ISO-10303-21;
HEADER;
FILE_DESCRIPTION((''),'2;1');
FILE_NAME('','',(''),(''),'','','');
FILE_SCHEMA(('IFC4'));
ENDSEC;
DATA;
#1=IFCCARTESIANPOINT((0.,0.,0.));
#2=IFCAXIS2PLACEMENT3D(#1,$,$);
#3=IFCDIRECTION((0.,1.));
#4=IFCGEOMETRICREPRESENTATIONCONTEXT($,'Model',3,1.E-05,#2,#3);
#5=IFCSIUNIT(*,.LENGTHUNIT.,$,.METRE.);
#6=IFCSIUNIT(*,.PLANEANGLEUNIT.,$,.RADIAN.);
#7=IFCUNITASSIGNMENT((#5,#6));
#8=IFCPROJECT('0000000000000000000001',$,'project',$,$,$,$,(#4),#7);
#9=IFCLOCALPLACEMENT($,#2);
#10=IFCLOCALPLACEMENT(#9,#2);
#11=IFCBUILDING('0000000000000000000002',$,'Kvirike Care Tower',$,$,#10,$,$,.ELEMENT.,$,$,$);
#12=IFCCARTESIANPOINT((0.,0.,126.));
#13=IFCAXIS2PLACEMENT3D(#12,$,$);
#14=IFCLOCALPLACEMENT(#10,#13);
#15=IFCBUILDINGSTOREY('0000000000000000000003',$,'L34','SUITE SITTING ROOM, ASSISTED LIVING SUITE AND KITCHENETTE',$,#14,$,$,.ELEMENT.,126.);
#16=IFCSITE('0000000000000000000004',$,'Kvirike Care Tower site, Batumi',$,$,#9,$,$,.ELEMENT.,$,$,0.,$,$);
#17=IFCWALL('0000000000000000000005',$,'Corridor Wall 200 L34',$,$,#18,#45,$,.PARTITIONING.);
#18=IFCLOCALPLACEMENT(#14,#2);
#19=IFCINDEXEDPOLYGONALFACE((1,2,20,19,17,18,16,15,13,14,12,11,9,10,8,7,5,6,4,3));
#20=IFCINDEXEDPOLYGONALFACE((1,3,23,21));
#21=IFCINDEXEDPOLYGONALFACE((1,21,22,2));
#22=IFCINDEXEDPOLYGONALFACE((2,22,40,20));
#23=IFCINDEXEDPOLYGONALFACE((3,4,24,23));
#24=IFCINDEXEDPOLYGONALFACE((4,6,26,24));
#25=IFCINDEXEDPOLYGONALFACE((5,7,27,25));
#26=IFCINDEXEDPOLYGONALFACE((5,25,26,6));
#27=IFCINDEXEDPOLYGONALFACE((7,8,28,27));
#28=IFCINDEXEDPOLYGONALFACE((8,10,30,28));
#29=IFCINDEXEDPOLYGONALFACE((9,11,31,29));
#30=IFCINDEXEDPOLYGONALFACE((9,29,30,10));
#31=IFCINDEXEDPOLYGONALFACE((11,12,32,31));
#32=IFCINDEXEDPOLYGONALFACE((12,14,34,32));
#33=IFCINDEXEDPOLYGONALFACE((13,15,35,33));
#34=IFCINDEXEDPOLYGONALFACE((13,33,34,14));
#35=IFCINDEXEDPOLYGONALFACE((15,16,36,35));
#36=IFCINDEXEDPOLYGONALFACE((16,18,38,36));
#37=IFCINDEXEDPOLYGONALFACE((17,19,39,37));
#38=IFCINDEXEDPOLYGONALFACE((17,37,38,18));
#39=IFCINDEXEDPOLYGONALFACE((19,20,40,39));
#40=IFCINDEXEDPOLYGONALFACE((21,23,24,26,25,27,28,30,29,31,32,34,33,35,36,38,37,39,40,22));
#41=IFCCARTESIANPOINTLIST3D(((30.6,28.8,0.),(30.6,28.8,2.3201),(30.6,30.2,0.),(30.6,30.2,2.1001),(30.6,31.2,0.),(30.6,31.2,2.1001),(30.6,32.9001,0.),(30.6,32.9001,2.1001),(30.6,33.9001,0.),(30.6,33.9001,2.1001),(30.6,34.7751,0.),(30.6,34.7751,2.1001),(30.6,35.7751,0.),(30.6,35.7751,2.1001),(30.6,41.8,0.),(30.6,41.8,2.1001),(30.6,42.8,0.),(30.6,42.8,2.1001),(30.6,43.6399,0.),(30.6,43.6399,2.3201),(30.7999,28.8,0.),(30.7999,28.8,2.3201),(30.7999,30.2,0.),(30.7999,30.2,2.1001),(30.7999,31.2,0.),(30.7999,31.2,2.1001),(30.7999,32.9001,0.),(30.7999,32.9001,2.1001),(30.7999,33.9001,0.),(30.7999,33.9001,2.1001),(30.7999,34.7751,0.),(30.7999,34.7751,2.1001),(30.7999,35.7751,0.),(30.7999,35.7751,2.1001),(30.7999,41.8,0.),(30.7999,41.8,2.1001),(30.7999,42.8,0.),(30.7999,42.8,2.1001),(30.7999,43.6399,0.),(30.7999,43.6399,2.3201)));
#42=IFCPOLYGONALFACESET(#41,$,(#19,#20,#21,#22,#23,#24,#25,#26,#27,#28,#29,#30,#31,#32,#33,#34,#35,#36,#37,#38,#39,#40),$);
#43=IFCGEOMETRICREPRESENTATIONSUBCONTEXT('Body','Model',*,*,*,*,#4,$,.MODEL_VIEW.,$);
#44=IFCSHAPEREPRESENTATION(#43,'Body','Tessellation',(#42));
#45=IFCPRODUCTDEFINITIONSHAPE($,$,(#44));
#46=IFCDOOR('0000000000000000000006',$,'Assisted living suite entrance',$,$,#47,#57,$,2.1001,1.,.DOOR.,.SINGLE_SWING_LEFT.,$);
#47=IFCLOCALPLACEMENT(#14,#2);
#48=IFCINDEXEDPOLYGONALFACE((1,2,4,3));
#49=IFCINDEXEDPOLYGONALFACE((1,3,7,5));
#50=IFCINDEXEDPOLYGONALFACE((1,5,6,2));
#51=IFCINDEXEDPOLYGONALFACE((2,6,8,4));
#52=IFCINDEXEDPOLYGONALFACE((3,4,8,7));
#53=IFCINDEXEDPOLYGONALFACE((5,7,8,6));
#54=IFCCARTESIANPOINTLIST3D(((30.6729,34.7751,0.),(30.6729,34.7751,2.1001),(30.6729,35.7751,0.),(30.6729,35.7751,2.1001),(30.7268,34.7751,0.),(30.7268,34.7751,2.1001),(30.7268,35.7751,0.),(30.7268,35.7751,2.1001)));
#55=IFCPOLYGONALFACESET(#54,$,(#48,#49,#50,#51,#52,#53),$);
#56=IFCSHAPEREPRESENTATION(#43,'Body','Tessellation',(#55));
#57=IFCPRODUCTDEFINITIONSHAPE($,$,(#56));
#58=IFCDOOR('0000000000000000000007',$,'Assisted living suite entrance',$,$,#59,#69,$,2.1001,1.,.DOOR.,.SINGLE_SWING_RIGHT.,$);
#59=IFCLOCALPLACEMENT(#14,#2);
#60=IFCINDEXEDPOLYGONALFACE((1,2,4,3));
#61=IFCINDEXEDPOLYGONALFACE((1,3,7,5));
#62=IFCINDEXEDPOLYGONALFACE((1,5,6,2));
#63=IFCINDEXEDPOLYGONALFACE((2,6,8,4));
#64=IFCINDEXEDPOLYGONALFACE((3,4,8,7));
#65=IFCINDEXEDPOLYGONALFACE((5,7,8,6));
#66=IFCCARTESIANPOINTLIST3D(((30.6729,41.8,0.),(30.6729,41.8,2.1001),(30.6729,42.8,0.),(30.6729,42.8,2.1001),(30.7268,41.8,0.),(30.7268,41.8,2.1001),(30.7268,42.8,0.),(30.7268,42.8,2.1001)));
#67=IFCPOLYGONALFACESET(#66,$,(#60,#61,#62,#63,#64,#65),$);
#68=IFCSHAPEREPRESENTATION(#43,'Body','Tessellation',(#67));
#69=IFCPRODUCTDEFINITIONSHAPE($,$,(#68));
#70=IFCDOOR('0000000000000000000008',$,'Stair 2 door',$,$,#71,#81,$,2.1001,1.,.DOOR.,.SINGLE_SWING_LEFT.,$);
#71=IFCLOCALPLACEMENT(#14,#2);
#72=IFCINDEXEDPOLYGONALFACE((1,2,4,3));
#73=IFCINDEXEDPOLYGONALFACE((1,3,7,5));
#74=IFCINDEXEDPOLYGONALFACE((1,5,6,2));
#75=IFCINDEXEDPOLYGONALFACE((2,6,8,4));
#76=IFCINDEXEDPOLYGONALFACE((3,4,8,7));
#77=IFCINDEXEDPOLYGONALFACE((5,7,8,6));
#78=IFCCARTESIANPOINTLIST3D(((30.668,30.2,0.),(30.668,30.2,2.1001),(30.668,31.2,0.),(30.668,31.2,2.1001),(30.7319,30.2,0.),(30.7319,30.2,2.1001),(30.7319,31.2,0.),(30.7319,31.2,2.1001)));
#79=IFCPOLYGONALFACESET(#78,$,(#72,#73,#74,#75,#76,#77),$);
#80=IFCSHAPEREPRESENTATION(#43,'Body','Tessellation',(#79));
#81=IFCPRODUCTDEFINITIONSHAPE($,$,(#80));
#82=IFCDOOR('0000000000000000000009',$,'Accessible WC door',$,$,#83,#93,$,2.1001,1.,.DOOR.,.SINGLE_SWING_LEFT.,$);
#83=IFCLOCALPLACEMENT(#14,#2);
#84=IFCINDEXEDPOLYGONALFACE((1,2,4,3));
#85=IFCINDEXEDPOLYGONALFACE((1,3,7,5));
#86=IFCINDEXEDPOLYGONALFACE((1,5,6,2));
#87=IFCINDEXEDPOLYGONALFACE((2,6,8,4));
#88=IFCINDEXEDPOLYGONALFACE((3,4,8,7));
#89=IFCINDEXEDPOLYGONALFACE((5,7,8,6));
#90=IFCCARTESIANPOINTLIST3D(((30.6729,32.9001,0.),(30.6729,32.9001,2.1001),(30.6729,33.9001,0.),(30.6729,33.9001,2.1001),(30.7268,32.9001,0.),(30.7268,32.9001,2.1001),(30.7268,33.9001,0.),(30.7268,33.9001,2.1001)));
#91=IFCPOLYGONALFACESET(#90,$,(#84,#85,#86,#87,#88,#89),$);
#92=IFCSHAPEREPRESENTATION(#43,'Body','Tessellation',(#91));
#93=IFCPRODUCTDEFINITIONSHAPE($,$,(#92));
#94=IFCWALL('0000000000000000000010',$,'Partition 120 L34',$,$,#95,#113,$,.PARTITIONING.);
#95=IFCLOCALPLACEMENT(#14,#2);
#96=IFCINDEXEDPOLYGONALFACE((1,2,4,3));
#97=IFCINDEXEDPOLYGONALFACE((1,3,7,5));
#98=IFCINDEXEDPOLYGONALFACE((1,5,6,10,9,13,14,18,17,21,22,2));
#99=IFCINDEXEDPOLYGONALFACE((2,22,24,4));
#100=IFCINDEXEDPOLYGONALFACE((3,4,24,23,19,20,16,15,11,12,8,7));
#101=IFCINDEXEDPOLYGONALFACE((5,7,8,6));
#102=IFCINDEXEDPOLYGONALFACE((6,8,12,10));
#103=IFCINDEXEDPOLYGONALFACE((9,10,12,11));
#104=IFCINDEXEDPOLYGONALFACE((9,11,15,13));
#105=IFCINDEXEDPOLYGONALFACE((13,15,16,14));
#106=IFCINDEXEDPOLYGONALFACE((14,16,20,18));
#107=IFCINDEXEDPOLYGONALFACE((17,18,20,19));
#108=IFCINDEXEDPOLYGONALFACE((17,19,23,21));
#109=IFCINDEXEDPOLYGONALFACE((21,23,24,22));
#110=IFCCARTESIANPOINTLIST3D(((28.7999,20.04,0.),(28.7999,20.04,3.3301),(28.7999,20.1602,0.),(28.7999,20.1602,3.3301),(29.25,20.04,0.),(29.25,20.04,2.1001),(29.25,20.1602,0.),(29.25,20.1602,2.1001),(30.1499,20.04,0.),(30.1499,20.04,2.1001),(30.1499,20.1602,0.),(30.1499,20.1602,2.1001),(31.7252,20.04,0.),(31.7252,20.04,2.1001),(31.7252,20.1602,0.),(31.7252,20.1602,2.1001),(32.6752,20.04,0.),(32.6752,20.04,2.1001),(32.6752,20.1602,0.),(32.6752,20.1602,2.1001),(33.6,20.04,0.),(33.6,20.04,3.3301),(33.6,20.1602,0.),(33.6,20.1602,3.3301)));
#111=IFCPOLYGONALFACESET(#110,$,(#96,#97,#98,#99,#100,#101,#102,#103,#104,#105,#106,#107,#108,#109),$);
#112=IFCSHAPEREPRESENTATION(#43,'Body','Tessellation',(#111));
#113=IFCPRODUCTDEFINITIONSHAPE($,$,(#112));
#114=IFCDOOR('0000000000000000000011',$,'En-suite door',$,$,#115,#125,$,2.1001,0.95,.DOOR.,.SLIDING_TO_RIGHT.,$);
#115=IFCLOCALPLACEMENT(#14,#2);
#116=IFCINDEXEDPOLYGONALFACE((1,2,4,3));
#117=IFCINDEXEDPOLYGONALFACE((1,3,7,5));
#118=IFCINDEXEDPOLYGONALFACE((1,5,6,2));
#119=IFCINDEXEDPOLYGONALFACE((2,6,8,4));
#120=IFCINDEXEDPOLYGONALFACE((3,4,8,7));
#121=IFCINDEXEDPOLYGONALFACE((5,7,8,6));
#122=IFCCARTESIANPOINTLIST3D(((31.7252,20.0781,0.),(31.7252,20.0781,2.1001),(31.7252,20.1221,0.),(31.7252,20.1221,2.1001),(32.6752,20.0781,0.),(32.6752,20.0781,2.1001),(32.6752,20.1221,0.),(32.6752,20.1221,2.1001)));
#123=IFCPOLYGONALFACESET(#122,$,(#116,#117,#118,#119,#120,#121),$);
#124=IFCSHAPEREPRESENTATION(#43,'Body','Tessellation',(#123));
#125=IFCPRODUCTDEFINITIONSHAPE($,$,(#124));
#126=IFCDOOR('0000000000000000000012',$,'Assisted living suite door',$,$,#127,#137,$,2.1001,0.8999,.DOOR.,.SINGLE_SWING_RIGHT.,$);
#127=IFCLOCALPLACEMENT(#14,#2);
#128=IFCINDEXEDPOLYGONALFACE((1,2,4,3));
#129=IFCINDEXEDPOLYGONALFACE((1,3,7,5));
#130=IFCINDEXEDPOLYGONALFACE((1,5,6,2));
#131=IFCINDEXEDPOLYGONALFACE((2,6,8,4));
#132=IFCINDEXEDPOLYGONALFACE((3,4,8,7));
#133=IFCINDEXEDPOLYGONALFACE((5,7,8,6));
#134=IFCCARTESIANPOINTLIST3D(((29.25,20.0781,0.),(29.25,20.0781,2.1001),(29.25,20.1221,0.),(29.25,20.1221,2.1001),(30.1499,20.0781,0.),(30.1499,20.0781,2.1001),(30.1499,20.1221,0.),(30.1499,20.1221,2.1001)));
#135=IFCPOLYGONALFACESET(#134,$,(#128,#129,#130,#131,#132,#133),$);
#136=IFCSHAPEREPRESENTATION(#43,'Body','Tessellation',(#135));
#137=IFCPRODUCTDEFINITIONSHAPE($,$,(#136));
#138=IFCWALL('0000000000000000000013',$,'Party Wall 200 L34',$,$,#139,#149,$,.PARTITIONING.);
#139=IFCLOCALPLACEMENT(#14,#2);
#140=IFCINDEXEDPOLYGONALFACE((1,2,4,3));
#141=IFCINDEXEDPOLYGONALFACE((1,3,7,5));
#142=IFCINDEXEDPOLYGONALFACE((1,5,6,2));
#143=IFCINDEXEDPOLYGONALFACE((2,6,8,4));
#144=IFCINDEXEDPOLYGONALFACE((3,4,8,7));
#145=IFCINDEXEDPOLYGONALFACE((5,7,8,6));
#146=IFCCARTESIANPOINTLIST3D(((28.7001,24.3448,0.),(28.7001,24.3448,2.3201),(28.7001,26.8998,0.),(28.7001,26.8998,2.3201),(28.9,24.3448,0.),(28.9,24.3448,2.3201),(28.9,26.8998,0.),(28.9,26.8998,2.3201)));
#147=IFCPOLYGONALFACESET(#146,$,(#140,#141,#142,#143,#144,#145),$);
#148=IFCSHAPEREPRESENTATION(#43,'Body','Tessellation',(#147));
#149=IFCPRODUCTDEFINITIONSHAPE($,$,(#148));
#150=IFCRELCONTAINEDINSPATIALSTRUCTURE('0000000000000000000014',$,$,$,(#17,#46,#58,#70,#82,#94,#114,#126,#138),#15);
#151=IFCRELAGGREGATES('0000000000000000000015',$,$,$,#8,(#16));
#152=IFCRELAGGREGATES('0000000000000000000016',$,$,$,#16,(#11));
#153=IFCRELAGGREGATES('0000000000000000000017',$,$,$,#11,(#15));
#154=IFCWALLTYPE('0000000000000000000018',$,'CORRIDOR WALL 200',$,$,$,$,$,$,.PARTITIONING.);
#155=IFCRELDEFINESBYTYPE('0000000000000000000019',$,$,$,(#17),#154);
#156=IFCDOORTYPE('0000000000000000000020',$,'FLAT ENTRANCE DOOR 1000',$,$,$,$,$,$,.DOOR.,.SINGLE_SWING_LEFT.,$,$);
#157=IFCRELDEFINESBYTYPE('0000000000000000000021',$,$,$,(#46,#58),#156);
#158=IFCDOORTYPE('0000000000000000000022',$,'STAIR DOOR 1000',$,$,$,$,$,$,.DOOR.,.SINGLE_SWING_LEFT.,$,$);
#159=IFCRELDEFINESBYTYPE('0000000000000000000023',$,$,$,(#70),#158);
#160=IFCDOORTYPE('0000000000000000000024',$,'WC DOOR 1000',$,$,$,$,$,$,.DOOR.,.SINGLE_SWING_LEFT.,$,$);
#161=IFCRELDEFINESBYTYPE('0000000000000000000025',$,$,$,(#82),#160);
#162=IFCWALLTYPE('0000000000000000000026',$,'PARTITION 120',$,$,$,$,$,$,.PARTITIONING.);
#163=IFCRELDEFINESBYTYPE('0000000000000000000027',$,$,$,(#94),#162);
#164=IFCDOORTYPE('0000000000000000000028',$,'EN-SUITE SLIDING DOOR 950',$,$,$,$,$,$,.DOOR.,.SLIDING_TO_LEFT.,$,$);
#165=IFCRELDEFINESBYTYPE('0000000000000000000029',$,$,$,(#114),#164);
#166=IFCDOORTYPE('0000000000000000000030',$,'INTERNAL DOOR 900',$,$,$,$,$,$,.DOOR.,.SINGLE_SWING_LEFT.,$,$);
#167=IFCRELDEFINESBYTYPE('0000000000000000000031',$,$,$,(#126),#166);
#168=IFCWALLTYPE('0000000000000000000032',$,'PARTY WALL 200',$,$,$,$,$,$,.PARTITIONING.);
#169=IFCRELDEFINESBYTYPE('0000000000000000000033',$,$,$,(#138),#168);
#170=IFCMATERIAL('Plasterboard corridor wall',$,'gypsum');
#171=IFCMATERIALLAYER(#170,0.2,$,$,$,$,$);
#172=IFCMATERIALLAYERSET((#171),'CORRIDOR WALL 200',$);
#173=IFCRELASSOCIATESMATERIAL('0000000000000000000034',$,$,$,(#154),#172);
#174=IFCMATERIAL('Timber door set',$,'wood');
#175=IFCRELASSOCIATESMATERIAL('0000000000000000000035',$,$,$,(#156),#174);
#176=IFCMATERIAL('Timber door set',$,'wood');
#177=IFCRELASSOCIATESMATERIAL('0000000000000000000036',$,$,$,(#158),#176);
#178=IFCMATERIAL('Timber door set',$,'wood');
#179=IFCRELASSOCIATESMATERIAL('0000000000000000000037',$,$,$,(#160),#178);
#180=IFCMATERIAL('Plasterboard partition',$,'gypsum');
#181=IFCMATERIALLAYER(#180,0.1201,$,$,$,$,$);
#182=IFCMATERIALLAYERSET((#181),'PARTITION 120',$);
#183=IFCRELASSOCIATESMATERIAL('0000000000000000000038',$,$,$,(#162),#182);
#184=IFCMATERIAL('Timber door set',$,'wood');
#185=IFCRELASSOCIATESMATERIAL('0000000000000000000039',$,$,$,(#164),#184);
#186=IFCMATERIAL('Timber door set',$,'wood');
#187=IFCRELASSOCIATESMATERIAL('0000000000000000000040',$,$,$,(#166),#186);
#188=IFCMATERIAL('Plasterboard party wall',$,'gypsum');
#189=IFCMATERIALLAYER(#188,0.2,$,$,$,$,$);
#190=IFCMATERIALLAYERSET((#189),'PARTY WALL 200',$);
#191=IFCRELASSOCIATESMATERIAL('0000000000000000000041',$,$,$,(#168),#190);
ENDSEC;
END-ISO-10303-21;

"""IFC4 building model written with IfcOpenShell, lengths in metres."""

from ifc_helpers import new_model, si_unit, direction, frame, frame_2d, origin, place, context, subcontext, project, spatial, rectangle, extrude, material, layer, layer_set, type_object, element, fill, save


model = new_model("IFC4")

# Units and contexts
model_context = context("Model", 3, precision=1e-05, world=origin(), true_north=direction((0.0, 1.0)))
body_context = subcontext(model_context, "Body", "Model", "MODEL_VIEW")
ifc_project = project(units=[si_unit("LENGTHUNIT", "METRE"), si_unit("PLANEANGLEUNIT", "RADIAN")], contexts=[model_context])

# Site, building, storey
site_placement = place(None, origin())
site = spatial("IfcSite", under=ifc_project, at=site_placement, Name="Kvirike Care Tower site, Batumi", CompositionType="ELEMENT", RefElevation=0.0)
building_placement = place(site_placement, origin())
building = spatial("IfcBuilding", under=site, at=building_placement, Name="Kvirike Care Tower", CompositionType="ELEMENT")
storey_placement = place(building_placement, frame((0.0, 0.0, 126.0)))
storey = spatial("IfcBuildingStorey", under=building, at=storey_placement, Name="L34", Description="SUITE SITTING ROOM, ASSISTED LIVING SUITE AND KITCHENETTE", CompositionType="ELEMENT", Elevation=126.0)

# Shared definitions
ifc_material_1 = material(Name="Plasterboard corridor wall", Category="gypsum")
ifc_layer_1 = layer(ifc_material_1, 0.2)
ifc_layer_set_1 = layer_set([ifc_layer_1], Name="CORRIDOR WALL 200")
wall_type_1 = type_object("IfcWallType", Name="CORRIDOR WALL 200", PredefinedType="PARTITIONING", material=ifc_layer_set_1)
ifc_material_2 = material(Name="Timber door set", Category="wood")
door_type_1 = type_object("IfcDoorType", Name="FLAT ENTRANCE DOOR 1000", OperationType="SINGLE_SWING_LEFT", PredefinedType="DOOR", material=ifc_material_2)

# Walls, openings, doors
wall_1_placement = place(storey_placement, frame((30.7, 28.8, 0.0), z_axis=(0.0, 0.0, 1.0), x_axis=(0.0, 1.0, 0.0)))
wall_1 = element("IfcWall", 1, at=wall_1_placement, inside=storey, type_object=wall_type_1, Name="Corridor Wall 200 L34", PredefinedType="PARTITIONING", context=body_context, shape_type="SweptSolid", body=[
    extrude(rectangle(XDim=14.8398, YDim=0.2, at=frame_2d((7.4199, 0.0))), origin(), (0.0, 0.0, 1.0), 2.3201),
])
opening_1_placement = place(wall_1_placement, frame((1.3999, 0.0, 0.0)))
opening_1 = element("IfcOpeningElement", 2, at=opening_1_placement, cuts=wall_1, PredefinedType="OPENING", context=body_context, shape_type="SweptSolid", body=[
    extrude(rectangle(XDim=1.0, YDim=2.1001, at=frame_2d((0.5, 1.05))), frame((0.0, 0.1106, 0.0), z_axis=(0.0, -1.0, 0.0), x_axis=(1.0, 0.0, 0.0)), (0.0, 0.0, 1.0), 0.2209),
])
opening_2_placement = place(wall_1_placement, frame((4.1001, 0.0, 0.0)))
opening_2 = element("IfcOpeningElement", 3, at=opening_2_placement, cuts=wall_1, PredefinedType="OPENING", context=body_context, shape_type="SweptSolid", body=[
    extrude(rectangle(XDim=1.0, YDim=2.1001, at=frame_2d((0.5, 1.05))), frame((0.0, 0.1106, 0.0), z_axis=(0.0, -1.0, 0.0), x_axis=(1.0, 0.0, 0.0)), (0.0, 0.0, 1.0), 0.2209),
])
opening_3_placement = place(wall_1_placement, frame((5.9751, 0.0, 0.0)))
opening_3 = element("IfcOpeningElement", 4, at=opening_3_placement, cuts=wall_1, PredefinedType="OPENING", context=body_context, shape_type="SweptSolid", body=[
    extrude(rectangle(XDim=1.0, YDim=2.1001, at=frame_2d((0.5, 1.05))), frame((0.0, 0.1106, 0.0), z_axis=(0.0, -1.0, 0.0), x_axis=(1.0, 0.0, 0.0)), (0.0, 0.0, 1.0), 0.2209),
])
opening_4_placement = place(wall_1_placement, frame((13.0, 0.0, 0.0)))
opening_4 = element("IfcOpeningElement", 5, at=opening_4_placement, cuts=wall_1, PredefinedType="OPENING", context=body_context, shape_type="SweptSolid", body=[
    extrude(rectangle(XDim=1.0, YDim=2.1001, at=frame_2d((0.5, 1.05))), frame((0.0, 0.1106, 0.0), z_axis=(0.0, -1.0, 0.0), x_axis=(1.0, 0.0, 0.0)), (0.0, 0.0, 1.0), 0.2209),
])
door_1_placement = place(opening_3_placement, frame((1.0, 0.0, 0.0), z_axis=(0.0, 0.0, 1.0), x_axis=(-1.0, 0.0, 0.0)))
door_1 = element("IfcDoor", 6, at=door_1_placement, inside=storey, type_object=door_type_1, Name="Assisted living suite entrance", OperationType="SINGLE_SWING_LEFT", OverallHeight=2.1001, OverallWidth=1.0, PredefinedType="DOOR", context=body_context, shape_type="SweptSolid", body=[
    extrude(rectangle(XDim=1.0, YDim=2.1001, at=frame_2d((0.5, 1.05))), frame((0.0, 0.0269, 0.0), z_axis=(0.0, -1.0, 0.0), x_axis=(1.0, 0.0, 0.0)), (0.0, 0.0, 1.0), 0.054),
])
fill(opening_3, door_1)
door_2_placement = place(opening_4_placement, frame((1.0, 0.0, 0.0), z_axis=(0.0, 0.0, 1.0), x_axis=(-1.0, 0.0, 0.0)))
door_2 = element("IfcDoor", 7, at=door_2_placement, inside=storey, type_object=door_type_1, Name="Assisted living suite entrance", OperationType="SINGLE_SWING_RIGHT", OverallHeight=2.1001, OverallWidth=1.0, PredefinedType="DOOR", context=body_context, shape_type="SweptSolid", body=[
    extrude(rectangle(XDim=1.0, YDim=2.1001, at=frame_2d((0.5, 1.05))), frame((0.0, 0.0269, 0.0), z_axis=(0.0, -1.0, 0.0), x_axis=(1.0, 0.0, 0.0)), (0.0, 0.0, 1.0), 0.054),
])
fill(opening_4, door_2)
ifc_material_3 = material(Name="Timber door set", Category="wood")
door_type_2 = type_object("IfcDoorType", Name="STAIR DOOR 1000", OperationType="SINGLE_SWING_LEFT", PredefinedType="DOOR", material=ifc_material_3)
door_3_placement = place(opening_1_placement, frame((1.0, 0.0, 0.0), z_axis=(0.0, 0.0, 1.0), x_axis=(-1.0, 0.0, 0.0)))
door_3 = element("IfcDoor", 8, at=door_3_placement, inside=storey, type_object=door_type_2, Name="Stair 2 door", OperationType="SINGLE_SWING_LEFT", OverallHeight=2.1001, OverallWidth=1.0, PredefinedType="DOOR", context=body_context, shape_type="SweptSolid", body=[
    extrude(rectangle(XDim=1.0, YDim=2.1001, at=frame_2d((0.5, 1.05))), frame((0.0, 0.032, 0.0), z_axis=(0.0, -1.0, 0.0), x_axis=(1.0, 0.0, 0.0)), (0.0, 0.0, 1.0), 0.064),
])
fill(opening_1, door_3)
ifc_material_4 = material(Name="Timber door set", Category="wood")
door_type_3 = type_object("IfcDoorType", Name="WC DOOR 1000", OperationType="SINGLE_SWING_LEFT", PredefinedType="DOOR", material=ifc_material_4)
door_4_placement = place(opening_2_placement, frame((1.0, 0.0, 0.0), z_axis=(0.0, 0.0, 1.0), x_axis=(-1.0, 0.0, 0.0)))
door_4 = element("IfcDoor", 9, at=door_4_placement, inside=storey, type_object=door_type_3, Name="Accessible WC door", OperationType="SINGLE_SWING_LEFT", OverallHeight=2.1001, OverallWidth=1.0, PredefinedType="DOOR", context=body_context, shape_type="SweptSolid", body=[
    extrude(rectangle(XDim=1.0, YDim=2.1001, at=frame_2d((0.5, 1.05))), frame((0.0, 0.0269, 0.0), z_axis=(0.0, -1.0, 0.0), x_axis=(1.0, 0.0, 0.0)), (0.0, 0.0, 1.0), 0.054),
])
fill(opening_2, door_4)
ifc_material_5 = material(Name="Plasterboard partition", Category="gypsum")
ifc_layer_2 = layer(ifc_material_5, 0.1201)
ifc_layer_set_2 = layer_set([ifc_layer_2], Name="PARTITION 120")
wall_type_2 = type_object("IfcWallType", Name="PARTITION 120", PredefinedType="PARTITIONING", material=ifc_layer_set_2)
wall_2_placement = place(storey_placement, frame((28.8, 20.1001, 0.0), z_axis=(0.0, 0.0, 1.0), x_axis=(1.0, 0.0, 0.0)))
wall_2 = element("IfcWall", 10, at=wall_2_placement, inside=storey, type_object=wall_type_2, Name="Partition 120 L34", PredefinedType="PARTITIONING", context=body_context, shape_type="SweptSolid", body=[
    extrude(rectangle(XDim=4.8, YDim=0.1201, at=frame_2d((2.3999, 0.0))), origin(), (0.0, 0.0, 1.0), 3.3301),
])
opening_5_placement = place(wall_2_placement, frame((0.45, 0.0, 0.0)))
opening_5 = element("IfcOpeningElement", 11, at=opening_5_placement, cuts=wall_2, PredefinedType="OPENING", context=body_context, shape_type="SweptSolid", body=[
    extrude(rectangle(XDim=0.8999, YDim=2.1001, at=frame_2d((0.45, 1.05))), frame((0.0, 0.0706, 0.0), z_axis=(0.0, -1.0, 0.0), x_axis=(1.0, 0.0, 0.0)), (0.0, 0.0, 1.0), 0.1411),
])
opening_6_placement = place(wall_2_placement, frame((2.925, 0.0, 0.0)))
opening_6 = element("IfcOpeningElement", 12, at=opening_6_placement, cuts=wall_2, PredefinedType="OPENING", context=body_context, shape_type="SweptSolid", body=[
    extrude(rectangle(XDim=0.95, YDim=2.1001, at=frame_2d((0.4751, 1.05))), frame((0.0, 0.0706, 0.0), z_axis=(0.0, -1.0, 0.0), x_axis=(1.0, 0.0, 0.0)), (0.0, 0.0, 1.0), 0.1411),
])
ifc_material_6 = material(Name="Timber door set", Category="wood")
door_type_4 = type_object("IfcDoorType", Name="EN-SUITE SLIDING DOOR 950", OperationType="SLIDING_TO_LEFT", PredefinedType="DOOR", material=ifc_material_6)
door_5_placement = place(opening_6_placement, origin())
door_5 = element("IfcDoor", 13, at=door_5_placement, inside=storey, type_object=door_type_4, Name="En-suite door", OperationType="SLIDING_TO_RIGHT", OverallHeight=2.1001, OverallWidth=0.95, PredefinedType="DOOR", context=body_context, shape_type="SweptSolid", body=[
    extrude(rectangle(XDim=0.95, YDim=2.1001, at=frame_2d((0.4751, 1.05))), frame((0.0, 0.022, 0.0), z_axis=(0.0, -1.0, 0.0), x_axis=(1.0, 0.0, 0.0)), (0.0, 0.0, 1.0), 0.0439),
])
fill(opening_6, door_5)
ifc_material_7 = material(Name="Timber door set", Category="wood")
door_type_5 = type_object("IfcDoorType", Name="INTERNAL DOOR 900", OperationType="SINGLE_SWING_LEFT", PredefinedType="DOOR", material=ifc_material_7)
door_6_placement = place(opening_5_placement, origin())
door_6 = element("IfcDoor", 14, at=door_6_placement, inside=storey, type_object=door_type_5, Name="Assisted living suite door", OperationType="SINGLE_SWING_RIGHT", OverallHeight=2.1001, OverallWidth=0.8999, PredefinedType="DOOR", context=body_context, shape_type="SweptSolid", body=[
    extrude(rectangle(XDim=0.8999, YDim=2.1001, at=frame_2d((0.45, 1.05))), frame((0.0, 0.022, 0.0), z_axis=(0.0, -1.0, 0.0), x_axis=(1.0, 0.0, 0.0)), (0.0, 0.0, 1.0), 0.0439),
])
fill(opening_5, door_6)

# Wall
ifc_material_8 = material(Name="Plasterboard party wall", Category="gypsum")
ifc_layer_3 = layer(ifc_material_8, 0.2)
ifc_layer_set_3 = layer_set([ifc_layer_3], Name="PARTY WALL 200")
wall_type_3 = type_object("IfcWallType", Name="PARTY WALL 200", PredefinedType="PARTITIONING", material=ifc_layer_set_3)
wall_3_placement = place(storey_placement, frame((28.8, 24.345, 0.0), z_axis=(0.0, 0.0, 1.0), x_axis=(0.0, 1.0, 0.0)))
element("IfcWall", 15, at=wall_3_placement, inside=storey, type_object=wall_type_3, Name="Party Wall 200 L34", PredefinedType="PARTITIONING", context=body_context, shape_type="SweptSolid", body=[
    extrude(rectangle(XDim=2.5549, YDim=0.2, at=frame_2d((1.2773, 0.0))), origin(), (0.0, 0.0, 1.0), 2.3201),
])

save(model, "model.ifc")
